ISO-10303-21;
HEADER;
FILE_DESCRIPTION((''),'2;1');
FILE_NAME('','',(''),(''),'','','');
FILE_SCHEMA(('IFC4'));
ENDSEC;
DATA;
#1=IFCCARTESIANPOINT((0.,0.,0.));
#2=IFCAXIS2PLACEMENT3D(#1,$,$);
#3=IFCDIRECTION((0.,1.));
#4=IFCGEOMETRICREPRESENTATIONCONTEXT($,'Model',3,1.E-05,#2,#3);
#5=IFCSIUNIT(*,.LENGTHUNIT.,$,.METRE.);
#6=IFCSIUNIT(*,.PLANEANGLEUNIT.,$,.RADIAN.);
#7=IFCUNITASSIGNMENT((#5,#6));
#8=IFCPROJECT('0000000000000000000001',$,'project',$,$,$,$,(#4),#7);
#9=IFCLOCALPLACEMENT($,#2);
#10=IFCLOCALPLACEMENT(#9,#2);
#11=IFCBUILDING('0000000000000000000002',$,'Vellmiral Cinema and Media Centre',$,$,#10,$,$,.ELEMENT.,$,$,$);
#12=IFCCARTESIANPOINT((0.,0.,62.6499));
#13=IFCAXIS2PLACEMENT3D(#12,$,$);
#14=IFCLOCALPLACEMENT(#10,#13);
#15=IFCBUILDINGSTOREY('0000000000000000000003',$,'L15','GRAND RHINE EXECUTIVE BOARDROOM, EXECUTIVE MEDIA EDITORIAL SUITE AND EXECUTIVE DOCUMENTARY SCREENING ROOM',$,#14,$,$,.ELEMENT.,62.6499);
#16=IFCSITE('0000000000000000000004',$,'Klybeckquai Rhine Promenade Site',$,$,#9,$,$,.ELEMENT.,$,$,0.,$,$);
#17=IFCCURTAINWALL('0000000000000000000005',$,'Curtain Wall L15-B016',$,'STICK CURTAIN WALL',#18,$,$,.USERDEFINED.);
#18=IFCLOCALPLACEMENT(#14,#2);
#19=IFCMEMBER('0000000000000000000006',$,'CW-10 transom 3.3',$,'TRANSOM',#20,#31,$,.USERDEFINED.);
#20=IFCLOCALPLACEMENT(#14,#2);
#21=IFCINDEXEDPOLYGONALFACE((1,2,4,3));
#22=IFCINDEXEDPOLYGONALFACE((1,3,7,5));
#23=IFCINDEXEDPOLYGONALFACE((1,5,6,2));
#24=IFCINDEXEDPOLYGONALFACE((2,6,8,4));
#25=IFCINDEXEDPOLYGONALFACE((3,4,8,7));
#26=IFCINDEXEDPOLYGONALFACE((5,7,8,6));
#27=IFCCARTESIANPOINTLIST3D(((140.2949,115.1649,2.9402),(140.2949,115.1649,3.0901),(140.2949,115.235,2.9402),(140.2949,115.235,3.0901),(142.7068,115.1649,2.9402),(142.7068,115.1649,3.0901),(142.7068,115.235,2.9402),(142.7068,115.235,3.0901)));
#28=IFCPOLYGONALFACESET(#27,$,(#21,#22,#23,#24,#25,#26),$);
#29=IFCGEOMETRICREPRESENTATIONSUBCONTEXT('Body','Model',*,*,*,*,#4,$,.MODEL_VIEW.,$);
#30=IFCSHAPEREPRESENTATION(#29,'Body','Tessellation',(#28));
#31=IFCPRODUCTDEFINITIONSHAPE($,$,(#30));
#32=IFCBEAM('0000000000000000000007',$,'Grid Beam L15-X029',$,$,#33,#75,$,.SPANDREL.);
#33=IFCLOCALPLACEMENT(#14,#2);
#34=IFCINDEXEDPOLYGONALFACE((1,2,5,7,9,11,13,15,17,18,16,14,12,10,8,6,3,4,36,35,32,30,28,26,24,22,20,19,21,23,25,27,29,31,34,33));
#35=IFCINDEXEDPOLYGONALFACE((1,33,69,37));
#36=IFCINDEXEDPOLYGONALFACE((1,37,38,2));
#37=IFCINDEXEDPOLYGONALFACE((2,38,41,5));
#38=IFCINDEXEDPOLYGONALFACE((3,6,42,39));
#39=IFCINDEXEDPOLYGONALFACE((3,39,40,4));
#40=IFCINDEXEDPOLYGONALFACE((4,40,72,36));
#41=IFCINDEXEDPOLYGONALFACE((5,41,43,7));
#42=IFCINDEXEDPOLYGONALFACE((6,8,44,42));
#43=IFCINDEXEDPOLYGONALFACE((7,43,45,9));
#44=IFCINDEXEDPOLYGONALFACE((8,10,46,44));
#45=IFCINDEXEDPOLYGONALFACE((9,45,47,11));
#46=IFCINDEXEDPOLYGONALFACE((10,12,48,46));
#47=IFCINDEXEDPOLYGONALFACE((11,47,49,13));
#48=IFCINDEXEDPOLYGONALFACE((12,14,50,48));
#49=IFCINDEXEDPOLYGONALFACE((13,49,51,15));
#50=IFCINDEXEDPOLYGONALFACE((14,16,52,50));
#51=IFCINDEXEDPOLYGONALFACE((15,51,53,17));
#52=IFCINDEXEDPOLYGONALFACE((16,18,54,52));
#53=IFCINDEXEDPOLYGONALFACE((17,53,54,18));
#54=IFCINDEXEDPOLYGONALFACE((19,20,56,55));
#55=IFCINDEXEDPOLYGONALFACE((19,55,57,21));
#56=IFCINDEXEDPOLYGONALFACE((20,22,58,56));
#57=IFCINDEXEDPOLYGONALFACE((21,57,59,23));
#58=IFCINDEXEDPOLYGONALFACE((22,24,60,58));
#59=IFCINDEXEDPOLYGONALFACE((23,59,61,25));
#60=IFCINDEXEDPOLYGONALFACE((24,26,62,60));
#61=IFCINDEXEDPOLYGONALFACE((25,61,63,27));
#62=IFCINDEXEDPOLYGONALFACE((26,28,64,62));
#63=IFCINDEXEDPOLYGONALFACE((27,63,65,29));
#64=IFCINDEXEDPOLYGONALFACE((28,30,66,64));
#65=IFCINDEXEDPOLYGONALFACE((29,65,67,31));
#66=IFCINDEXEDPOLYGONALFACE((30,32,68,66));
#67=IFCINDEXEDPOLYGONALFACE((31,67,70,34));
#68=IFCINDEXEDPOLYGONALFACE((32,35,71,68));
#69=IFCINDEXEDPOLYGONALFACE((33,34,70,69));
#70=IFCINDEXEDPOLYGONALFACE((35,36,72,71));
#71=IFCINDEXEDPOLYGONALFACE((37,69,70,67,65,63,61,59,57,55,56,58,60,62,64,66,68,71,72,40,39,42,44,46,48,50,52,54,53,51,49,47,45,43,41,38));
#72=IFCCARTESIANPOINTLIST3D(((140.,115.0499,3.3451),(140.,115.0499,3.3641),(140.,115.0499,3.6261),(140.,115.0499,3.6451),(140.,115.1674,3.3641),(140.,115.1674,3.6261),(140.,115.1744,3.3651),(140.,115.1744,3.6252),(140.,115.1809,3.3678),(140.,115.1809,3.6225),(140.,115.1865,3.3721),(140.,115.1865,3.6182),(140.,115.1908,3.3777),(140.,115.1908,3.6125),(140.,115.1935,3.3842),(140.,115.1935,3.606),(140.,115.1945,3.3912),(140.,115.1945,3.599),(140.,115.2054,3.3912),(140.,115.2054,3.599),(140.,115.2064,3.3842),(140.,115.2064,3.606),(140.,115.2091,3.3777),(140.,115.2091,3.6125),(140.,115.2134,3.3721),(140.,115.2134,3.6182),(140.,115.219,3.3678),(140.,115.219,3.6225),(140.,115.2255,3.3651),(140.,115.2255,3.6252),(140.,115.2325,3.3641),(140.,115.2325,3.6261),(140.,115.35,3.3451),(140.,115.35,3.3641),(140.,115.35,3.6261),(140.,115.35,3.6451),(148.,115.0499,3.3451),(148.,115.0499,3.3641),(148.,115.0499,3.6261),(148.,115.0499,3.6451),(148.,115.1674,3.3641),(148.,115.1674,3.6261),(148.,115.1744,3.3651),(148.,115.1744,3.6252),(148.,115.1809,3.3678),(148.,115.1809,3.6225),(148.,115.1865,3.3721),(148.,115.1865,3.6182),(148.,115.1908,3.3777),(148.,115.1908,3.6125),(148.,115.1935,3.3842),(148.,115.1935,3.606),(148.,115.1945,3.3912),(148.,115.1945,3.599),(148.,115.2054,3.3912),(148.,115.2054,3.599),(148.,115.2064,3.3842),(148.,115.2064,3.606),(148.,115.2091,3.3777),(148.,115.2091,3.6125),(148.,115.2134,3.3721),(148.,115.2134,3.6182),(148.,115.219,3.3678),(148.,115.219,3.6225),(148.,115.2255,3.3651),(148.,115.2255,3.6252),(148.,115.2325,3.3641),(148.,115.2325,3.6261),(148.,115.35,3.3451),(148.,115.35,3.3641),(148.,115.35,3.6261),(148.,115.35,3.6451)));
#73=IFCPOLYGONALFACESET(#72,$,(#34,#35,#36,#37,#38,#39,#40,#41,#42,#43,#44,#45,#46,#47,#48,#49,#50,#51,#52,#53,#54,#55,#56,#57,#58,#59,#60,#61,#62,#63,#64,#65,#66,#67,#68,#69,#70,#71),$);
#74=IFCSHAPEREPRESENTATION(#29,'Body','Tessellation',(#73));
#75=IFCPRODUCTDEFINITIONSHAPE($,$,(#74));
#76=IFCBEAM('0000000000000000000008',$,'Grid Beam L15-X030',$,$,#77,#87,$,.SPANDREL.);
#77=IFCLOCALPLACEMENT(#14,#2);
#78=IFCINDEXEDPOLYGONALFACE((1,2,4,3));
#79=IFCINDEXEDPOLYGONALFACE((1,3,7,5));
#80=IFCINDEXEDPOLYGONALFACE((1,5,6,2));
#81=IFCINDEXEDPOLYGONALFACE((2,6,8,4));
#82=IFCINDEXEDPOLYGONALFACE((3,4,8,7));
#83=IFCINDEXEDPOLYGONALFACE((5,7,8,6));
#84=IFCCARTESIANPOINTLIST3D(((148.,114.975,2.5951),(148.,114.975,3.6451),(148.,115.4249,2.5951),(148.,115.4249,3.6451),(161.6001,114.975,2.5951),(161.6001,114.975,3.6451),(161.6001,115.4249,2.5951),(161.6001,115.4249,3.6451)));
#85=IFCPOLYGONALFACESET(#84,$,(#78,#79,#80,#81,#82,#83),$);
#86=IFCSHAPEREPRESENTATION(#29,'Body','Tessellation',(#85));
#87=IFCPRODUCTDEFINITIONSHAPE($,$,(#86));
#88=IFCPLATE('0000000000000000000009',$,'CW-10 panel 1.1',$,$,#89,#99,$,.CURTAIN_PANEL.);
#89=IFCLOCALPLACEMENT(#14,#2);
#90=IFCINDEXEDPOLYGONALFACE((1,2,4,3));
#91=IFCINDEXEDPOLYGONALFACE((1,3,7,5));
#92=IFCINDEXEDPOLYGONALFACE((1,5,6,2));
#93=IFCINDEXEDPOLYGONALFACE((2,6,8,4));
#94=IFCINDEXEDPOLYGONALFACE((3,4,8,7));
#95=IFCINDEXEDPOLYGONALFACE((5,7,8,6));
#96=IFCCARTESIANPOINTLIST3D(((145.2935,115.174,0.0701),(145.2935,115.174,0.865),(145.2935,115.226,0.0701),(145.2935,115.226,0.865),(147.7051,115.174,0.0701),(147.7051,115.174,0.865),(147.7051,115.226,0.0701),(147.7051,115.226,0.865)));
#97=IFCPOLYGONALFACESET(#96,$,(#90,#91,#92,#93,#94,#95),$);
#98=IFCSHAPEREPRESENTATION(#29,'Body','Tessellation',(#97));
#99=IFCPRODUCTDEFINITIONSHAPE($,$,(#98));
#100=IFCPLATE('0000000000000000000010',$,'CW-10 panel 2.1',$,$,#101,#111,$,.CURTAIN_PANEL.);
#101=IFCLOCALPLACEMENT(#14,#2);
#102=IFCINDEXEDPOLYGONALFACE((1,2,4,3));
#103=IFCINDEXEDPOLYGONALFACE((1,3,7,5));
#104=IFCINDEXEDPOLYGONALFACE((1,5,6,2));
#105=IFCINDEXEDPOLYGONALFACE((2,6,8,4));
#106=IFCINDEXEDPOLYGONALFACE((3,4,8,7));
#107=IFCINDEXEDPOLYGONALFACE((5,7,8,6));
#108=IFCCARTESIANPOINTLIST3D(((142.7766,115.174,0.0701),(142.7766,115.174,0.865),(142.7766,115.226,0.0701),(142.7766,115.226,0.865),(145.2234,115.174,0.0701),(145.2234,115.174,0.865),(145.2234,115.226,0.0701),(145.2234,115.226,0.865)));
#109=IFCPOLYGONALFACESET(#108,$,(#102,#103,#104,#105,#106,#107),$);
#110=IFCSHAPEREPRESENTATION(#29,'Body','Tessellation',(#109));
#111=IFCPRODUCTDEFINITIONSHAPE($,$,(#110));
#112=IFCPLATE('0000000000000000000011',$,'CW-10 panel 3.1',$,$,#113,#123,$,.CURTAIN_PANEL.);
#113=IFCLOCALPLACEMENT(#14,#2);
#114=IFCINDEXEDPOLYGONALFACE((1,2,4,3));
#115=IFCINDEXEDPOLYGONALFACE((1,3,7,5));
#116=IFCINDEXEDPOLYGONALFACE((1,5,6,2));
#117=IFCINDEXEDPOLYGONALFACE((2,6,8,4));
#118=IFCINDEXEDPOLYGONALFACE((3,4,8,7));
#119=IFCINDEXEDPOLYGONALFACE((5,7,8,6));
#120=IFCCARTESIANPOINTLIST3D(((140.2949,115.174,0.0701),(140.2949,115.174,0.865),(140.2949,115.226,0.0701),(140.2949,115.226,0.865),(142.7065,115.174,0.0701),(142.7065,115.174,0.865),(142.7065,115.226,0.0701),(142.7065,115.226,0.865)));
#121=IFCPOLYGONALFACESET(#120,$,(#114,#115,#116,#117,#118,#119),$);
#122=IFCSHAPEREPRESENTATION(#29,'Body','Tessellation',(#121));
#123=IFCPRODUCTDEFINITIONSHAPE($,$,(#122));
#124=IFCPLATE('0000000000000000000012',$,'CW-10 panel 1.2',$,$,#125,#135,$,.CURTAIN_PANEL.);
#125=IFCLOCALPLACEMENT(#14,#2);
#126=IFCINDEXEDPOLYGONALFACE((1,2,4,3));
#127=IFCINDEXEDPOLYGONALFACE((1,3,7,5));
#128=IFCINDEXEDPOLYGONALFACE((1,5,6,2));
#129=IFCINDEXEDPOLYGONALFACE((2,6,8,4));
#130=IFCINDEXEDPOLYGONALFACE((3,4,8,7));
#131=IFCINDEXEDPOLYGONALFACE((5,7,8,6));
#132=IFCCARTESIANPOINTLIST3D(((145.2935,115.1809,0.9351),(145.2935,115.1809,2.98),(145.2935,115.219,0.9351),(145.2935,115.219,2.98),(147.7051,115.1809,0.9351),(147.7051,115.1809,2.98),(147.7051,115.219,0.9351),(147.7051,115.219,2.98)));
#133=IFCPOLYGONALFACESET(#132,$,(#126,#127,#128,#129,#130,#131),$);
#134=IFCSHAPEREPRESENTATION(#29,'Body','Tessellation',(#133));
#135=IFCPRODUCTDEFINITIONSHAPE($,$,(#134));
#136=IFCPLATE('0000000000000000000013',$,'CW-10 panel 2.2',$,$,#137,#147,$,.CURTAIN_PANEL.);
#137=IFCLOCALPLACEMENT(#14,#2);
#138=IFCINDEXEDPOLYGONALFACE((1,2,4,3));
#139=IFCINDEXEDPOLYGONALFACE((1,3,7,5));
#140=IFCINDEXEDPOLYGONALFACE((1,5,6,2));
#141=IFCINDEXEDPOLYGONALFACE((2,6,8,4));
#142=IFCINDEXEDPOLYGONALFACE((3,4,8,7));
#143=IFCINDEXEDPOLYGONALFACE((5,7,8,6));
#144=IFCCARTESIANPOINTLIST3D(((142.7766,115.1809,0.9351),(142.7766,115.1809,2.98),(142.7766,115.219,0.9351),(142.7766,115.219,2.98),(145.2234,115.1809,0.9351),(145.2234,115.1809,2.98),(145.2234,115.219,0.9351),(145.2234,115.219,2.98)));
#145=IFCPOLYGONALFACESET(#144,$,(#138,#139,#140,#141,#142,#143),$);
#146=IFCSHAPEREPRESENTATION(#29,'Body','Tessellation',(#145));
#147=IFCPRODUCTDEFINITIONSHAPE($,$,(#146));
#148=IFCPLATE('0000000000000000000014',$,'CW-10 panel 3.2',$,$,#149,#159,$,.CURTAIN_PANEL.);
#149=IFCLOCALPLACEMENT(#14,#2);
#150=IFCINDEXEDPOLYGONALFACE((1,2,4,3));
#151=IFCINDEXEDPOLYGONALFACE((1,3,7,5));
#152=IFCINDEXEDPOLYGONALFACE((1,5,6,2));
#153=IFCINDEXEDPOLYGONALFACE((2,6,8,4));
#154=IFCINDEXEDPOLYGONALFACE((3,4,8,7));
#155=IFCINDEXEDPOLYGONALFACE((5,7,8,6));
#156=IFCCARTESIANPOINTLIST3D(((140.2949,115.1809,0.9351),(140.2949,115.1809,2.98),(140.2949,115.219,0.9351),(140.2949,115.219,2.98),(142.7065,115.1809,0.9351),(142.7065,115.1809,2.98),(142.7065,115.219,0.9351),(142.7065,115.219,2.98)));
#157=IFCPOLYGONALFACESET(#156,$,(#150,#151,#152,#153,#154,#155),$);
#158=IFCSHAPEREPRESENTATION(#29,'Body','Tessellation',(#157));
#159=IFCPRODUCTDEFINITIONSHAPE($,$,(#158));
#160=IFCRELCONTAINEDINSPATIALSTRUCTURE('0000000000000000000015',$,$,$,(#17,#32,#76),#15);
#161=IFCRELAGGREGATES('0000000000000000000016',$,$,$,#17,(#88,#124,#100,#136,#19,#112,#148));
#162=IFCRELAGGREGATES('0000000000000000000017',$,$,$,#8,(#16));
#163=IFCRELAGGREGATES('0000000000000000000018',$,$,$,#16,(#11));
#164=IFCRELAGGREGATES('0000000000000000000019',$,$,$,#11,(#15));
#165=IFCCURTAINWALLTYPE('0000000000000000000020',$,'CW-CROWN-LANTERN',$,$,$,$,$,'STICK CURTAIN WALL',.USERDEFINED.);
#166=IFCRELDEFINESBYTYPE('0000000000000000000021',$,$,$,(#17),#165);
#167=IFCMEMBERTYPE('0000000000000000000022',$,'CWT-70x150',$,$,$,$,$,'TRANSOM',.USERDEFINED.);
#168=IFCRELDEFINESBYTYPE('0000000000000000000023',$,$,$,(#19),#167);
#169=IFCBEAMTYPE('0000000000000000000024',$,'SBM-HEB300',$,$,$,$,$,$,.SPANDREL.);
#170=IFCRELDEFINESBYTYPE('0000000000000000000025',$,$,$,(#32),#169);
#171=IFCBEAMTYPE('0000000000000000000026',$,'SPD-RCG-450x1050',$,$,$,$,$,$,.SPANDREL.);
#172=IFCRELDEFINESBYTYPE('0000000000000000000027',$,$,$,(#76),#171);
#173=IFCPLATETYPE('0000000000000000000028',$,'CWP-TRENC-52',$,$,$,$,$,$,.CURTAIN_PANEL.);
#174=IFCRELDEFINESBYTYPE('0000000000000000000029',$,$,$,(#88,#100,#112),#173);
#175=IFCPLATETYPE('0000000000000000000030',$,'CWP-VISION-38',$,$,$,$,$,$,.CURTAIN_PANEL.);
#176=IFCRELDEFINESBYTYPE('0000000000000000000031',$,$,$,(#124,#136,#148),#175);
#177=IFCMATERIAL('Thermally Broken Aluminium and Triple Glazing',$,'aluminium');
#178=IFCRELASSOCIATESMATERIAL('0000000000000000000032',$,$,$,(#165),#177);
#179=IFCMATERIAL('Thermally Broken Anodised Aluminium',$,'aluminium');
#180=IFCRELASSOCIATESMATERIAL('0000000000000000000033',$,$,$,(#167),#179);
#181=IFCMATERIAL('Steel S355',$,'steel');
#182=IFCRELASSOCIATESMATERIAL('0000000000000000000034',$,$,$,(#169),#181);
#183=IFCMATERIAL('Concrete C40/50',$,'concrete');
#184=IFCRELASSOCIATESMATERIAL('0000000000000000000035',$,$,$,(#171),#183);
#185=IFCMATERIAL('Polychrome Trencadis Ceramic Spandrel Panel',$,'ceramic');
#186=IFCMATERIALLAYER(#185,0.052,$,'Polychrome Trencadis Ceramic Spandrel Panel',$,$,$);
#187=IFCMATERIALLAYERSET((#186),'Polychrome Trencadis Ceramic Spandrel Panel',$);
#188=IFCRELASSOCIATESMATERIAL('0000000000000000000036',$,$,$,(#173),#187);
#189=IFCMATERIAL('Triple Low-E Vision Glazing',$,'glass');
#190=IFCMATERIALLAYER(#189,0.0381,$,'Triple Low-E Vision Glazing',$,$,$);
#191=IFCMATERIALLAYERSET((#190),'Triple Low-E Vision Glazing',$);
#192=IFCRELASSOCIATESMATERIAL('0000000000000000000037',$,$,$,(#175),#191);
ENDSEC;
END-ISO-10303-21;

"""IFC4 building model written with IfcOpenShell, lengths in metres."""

from ifc_helpers import new_model, si_unit, direction, frame, origin, origin_2d, place, context, subcontext, project, spatial, rectangle, i_section, extrude, material, layer, layer_set, material_profile, profile_set, type_object, element, aggregate, save


model = new_model("IFC4")

# Units and contexts
model_context = context("Model", 3, precision=1e-05, world=origin(), true_north=direction((0.0, 1.0)))
body_context = subcontext(model_context, "Body", "Model", "MODEL_VIEW")
ifc_project = project(units=[si_unit("LENGTHUNIT", "METRE"), si_unit("PLANEANGLEUNIT", "RADIAN")], contexts=[model_context])

# Site, building, storey
site_placement = place(None, origin())
site = spatial("IfcSite", under=ifc_project, at=site_placement, Name="Klybeckquai Rhine Promenade Site", CompositionType="ELEMENT", RefElevation=0.0)
building_placement = place(site_placement, origin())
building = spatial("IfcBuilding", under=site, at=building_placement, Name="Vellmiral Cinema and Media Centre", CompositionType="ELEMENT")
storey_placement = place(building_placement, frame((0.0, 0.0, 62.6499)))
storey = spatial("IfcBuildingStorey", under=building, at=storey_placement, Name="L15", Description="GRAND RHINE EXECUTIVE BOARDROOM, EXECUTIVE MEDIA EDITORIAL SUITE AND EXECUTIVE DOCUMENTARY SCREENING ROOM", CompositionType="ELEMENT", Elevation=62.6499)

# Curtain wall, member
ifc_material_1 = material(Name="Thermally Broken Aluminium and Triple Glazing", Category="aluminium")
curtain_wall_type = type_object("IfcCurtainWallType", Name="CW-CROWN-LANTERN", ElementType="STICK CURTAIN WALL", PredefinedType="USERDEFINED", material=ifc_material_1)
curtain_wall_placement = place(storey_placement, origin())
curtain_wall = element("IfcCurtainWall", 1, at=curtain_wall_placement, inside=storey, type_object=curtain_wall_type, Name="Curtain Wall L15-B016", ObjectType="STICK CURTAIN WALL", PredefinedType="USERDEFINED")
ifc_material_2 = material(Name="Thermally Broken Anodised Aluminium", Category="aluminium")
ifc_material_profile_1 = material_profile(ifc_material_2, rectangle(XDim=0.0701, YDim=0.1499, at=origin_2d()), Name="MULL 70x150")
ifc_profile_set_1 = profile_set([ifc_material_profile_1], Name="Thermally Broken Anodised Aluminium")
member_type_1 = type_object("IfcMemberType", Name="CWT-70x150", ElementType="TRANSOM", PredefinedType="USERDEFINED", material=ifc_profile_set_1)
member_1_placement = place(storey_placement, frame((142.7068, 115.2, 3.0151), z_axis=(-1.0, 0.0, 0.0), x_axis=(0.0, -1.0, 0.0)))
member_1 = element("IfcMember", 2, at=member_1_placement, type_object=member_type_1, Name="CW-10 transom 3.3", ObjectType="TRANSOM", PredefinedType="USERDEFINED", context=body_context, shape_type="SweptSolid", body=[
    extrude(rectangle(XDim=0.0701, YDim=0.1499, at=origin_2d()), origin(), (0.0, 0.0, 1.0), 2.4119),
])

# Beams
ifc_material_3 = material(Name="Steel S355", Category="steel")
ifc_material_profile_2 = material_profile(ifc_material_3, i_section(OverallWidth=0.3, OverallDepth=0.3, WebThickness=0.011, FlangeThickness=0.019, FilletRadius=0.0271, at=origin_2d()), Name="HEB 300")
ifc_profile_set_2 = profile_set([ifc_material_profile_2], Name="Steel S355")
beam_type_1 = type_object("IfcBeamType", Name="SBM-HEB300", PredefinedType="SPANDREL", material=ifc_profile_set_2)
beam_1_placement = place(storey_placement, frame((140.0, 115.2, 3.4951), z_axis=(1.0, 0.0, 0.0), x_axis=(0.0, 1.0, 0.0)))
element("IfcBeam", 3, at=beam_1_placement, inside=storey, type_object=beam_type_1, Name="Grid Beam L15-X029", PredefinedType="SPANDREL", context=body_context, shape_type="SweptSolid", body=[
    extrude(i_section(OverallWidth=0.3, OverallDepth=0.3, WebThickness=0.011, FlangeThickness=0.019, FilletRadius=0.0271, at=origin_2d()), origin(), (0.0, 0.0, 1.0), 8.0),
])
ifc_material_4 = material(Name="Concrete C40/50", Category="concrete")
ifc_material_profile_3 = material_profile(ifc_material_4, rectangle(XDim=0.45, YDim=1.05, at=origin_2d()), Name="RC 450x1050")
ifc_profile_set_3 = profile_set([ifc_material_profile_3], Name="Concrete C40/50")
beam_type_2 = type_object("IfcBeamType", Name="SPD-RCG-450x1050", PredefinedType="SPANDREL", material=ifc_profile_set_3)
beam_2_placement = place(storey_placement, frame((148.0, 115.2, 3.1201), z_axis=(1.0, 0.0, 0.0), x_axis=(0.0, 1.0, 0.0)))
element("IfcBeam", 4, at=beam_2_placement, inside=storey, type_object=beam_type_2, Name="Grid Beam L15-X030", PredefinedType="SPANDREL", context=body_context, shape_type="SweptSolid", body=[
    extrude(rectangle(XDim=0.45, YDim=1.05, at=origin_2d()), origin(), (0.0, 0.0, 1.0), 13.6001),
])

# Plates
ifc_material_5 = material(Name="Polychrome Trencadis Ceramic Spandrel Panel", Category="ceramic")
ifc_layer_1 = layer(ifc_material_5, 0.052, Name="Polychrome Trencadis Ceramic Spandrel Panel")
ifc_layer_set_1 = layer_set([ifc_layer_1], Name="Polychrome Trencadis Ceramic Spandrel Panel")
plate_type_1 = type_object("IfcPlateType", Name="CWP-TRENC-52", PredefinedType="CURTAIN_PANEL", material=ifc_layer_set_1)
plate_1_placement = place(storey_placement, frame((146.4993, 115.2, 0.0701), z_axis=(0.0, 0.0, 1.0), x_axis=(-1.0, 0.0, 0.0)))
plate_1 = element("IfcPlate", 5, at=plate_1_placement, type_object=plate_type_1, Name="CW-10 panel 1.1", PredefinedType="CURTAIN_PANEL", context=body_context, shape_type="SweptSolid", body=[
    extrude(rectangle(XDim=2.4116, YDim=0.052, at=origin_2d()), origin(), (0.0, 0.0, 1.0), 0.7949),
])
plate_2_placement = place(storey_placement, frame((144.0, 115.2, 0.0701), z_axis=(0.0, 0.0, 1.0), x_axis=(-1.0, 0.0, 0.0)))
plate_2 = element("IfcPlate", 6, at=plate_2_placement, type_object=plate_type_1, Name="CW-10 panel 2.1", PredefinedType="CURTAIN_PANEL", context=body_context, shape_type="SweptSolid", body=[
    extrude(rectangle(XDim=2.4468, YDim=0.052, at=origin_2d()), origin(), (0.0, 0.0, 1.0), 0.7949),
])
plate_3_placement = place(storey_placement, frame((141.5007, 115.2, 0.0701), z_axis=(0.0, 0.0, 1.0), x_axis=(-1.0, 0.0, 0.0)))
plate_3 = element("IfcPlate", 7, at=plate_3_placement, type_object=plate_type_1, Name="CW-10 panel 3.1", PredefinedType="CURTAIN_PANEL", context=body_context, shape_type="SweptSolid", body=[
    extrude(rectangle(XDim=2.4116, YDim=0.052, at=origin_2d()), origin(), (0.0, 0.0, 1.0), 0.7949),
])
ifc_material_6 = material(Name="Triple Low-E Vision Glazing", Category="glass")
ifc_layer_2 = layer(ifc_material_6, 0.0381, Name="Triple Low-E Vision Glazing")
ifc_layer_set_2 = layer_set([ifc_layer_2], Name="Triple Low-E Vision Glazing")
plate_type_2 = type_object("IfcPlateType", Name="CWP-VISION-38", PredefinedType="CURTAIN_PANEL", material=ifc_layer_set_2)
plate_4_placement = place(storey_placement, frame((146.4993, 115.2, 0.9351), z_axis=(0.0, 0.0, 1.0), x_axis=(-1.0, 0.0, 0.0)))
plate_4 = element("IfcPlate", 8, at=plate_4_placement, type_object=plate_type_2, Name="CW-10 panel 1.2", PredefinedType="CURTAIN_PANEL", context=body_context, shape_type="SweptSolid", body=[
    extrude(rectangle(XDim=2.4116, YDim=0.0381, at=origin_2d()), origin(), (0.0, 0.0, 1.0), 2.0449),
])
plate_5_placement = place(storey_placement, frame((144.0, 115.2, 0.9351), z_axis=(0.0, 0.0, 1.0), x_axis=(-1.0, 0.0, 0.0)))
plate_5 = element("IfcPlate", 9, at=plate_5_placement, type_object=plate_type_2, Name="CW-10 panel 2.2", PredefinedType="CURTAIN_PANEL", context=body_context, shape_type="SweptSolid", body=[
    extrude(rectangle(XDim=2.4468, YDim=0.0381, at=origin_2d()), origin(), (0.0, 0.0, 1.0), 2.0449),
])
plate_6_placement = place(storey_placement, frame((141.5007, 115.2, 0.9351), z_axis=(0.0, 0.0, 1.0), x_axis=(-1.0, 0.0, 0.0)))
plate_6 = element("IfcPlate", 10, at=plate_6_placement, type_object=plate_type_2, Name="CW-10 panel 3.2", PredefinedType="CURTAIN_PANEL", context=body_context, shape_type="SweptSolid", body=[
    extrude(rectangle(XDim=2.4116, YDim=0.0381, at=origin_2d()), origin(), (0.0, 0.0, 1.0), 2.0449),
])
aggregate(curtain_wall, [plate_1, plate_4, plate_2, plate_5, member_1, plate_3, plate_6])

save(model, "model.ifc")
